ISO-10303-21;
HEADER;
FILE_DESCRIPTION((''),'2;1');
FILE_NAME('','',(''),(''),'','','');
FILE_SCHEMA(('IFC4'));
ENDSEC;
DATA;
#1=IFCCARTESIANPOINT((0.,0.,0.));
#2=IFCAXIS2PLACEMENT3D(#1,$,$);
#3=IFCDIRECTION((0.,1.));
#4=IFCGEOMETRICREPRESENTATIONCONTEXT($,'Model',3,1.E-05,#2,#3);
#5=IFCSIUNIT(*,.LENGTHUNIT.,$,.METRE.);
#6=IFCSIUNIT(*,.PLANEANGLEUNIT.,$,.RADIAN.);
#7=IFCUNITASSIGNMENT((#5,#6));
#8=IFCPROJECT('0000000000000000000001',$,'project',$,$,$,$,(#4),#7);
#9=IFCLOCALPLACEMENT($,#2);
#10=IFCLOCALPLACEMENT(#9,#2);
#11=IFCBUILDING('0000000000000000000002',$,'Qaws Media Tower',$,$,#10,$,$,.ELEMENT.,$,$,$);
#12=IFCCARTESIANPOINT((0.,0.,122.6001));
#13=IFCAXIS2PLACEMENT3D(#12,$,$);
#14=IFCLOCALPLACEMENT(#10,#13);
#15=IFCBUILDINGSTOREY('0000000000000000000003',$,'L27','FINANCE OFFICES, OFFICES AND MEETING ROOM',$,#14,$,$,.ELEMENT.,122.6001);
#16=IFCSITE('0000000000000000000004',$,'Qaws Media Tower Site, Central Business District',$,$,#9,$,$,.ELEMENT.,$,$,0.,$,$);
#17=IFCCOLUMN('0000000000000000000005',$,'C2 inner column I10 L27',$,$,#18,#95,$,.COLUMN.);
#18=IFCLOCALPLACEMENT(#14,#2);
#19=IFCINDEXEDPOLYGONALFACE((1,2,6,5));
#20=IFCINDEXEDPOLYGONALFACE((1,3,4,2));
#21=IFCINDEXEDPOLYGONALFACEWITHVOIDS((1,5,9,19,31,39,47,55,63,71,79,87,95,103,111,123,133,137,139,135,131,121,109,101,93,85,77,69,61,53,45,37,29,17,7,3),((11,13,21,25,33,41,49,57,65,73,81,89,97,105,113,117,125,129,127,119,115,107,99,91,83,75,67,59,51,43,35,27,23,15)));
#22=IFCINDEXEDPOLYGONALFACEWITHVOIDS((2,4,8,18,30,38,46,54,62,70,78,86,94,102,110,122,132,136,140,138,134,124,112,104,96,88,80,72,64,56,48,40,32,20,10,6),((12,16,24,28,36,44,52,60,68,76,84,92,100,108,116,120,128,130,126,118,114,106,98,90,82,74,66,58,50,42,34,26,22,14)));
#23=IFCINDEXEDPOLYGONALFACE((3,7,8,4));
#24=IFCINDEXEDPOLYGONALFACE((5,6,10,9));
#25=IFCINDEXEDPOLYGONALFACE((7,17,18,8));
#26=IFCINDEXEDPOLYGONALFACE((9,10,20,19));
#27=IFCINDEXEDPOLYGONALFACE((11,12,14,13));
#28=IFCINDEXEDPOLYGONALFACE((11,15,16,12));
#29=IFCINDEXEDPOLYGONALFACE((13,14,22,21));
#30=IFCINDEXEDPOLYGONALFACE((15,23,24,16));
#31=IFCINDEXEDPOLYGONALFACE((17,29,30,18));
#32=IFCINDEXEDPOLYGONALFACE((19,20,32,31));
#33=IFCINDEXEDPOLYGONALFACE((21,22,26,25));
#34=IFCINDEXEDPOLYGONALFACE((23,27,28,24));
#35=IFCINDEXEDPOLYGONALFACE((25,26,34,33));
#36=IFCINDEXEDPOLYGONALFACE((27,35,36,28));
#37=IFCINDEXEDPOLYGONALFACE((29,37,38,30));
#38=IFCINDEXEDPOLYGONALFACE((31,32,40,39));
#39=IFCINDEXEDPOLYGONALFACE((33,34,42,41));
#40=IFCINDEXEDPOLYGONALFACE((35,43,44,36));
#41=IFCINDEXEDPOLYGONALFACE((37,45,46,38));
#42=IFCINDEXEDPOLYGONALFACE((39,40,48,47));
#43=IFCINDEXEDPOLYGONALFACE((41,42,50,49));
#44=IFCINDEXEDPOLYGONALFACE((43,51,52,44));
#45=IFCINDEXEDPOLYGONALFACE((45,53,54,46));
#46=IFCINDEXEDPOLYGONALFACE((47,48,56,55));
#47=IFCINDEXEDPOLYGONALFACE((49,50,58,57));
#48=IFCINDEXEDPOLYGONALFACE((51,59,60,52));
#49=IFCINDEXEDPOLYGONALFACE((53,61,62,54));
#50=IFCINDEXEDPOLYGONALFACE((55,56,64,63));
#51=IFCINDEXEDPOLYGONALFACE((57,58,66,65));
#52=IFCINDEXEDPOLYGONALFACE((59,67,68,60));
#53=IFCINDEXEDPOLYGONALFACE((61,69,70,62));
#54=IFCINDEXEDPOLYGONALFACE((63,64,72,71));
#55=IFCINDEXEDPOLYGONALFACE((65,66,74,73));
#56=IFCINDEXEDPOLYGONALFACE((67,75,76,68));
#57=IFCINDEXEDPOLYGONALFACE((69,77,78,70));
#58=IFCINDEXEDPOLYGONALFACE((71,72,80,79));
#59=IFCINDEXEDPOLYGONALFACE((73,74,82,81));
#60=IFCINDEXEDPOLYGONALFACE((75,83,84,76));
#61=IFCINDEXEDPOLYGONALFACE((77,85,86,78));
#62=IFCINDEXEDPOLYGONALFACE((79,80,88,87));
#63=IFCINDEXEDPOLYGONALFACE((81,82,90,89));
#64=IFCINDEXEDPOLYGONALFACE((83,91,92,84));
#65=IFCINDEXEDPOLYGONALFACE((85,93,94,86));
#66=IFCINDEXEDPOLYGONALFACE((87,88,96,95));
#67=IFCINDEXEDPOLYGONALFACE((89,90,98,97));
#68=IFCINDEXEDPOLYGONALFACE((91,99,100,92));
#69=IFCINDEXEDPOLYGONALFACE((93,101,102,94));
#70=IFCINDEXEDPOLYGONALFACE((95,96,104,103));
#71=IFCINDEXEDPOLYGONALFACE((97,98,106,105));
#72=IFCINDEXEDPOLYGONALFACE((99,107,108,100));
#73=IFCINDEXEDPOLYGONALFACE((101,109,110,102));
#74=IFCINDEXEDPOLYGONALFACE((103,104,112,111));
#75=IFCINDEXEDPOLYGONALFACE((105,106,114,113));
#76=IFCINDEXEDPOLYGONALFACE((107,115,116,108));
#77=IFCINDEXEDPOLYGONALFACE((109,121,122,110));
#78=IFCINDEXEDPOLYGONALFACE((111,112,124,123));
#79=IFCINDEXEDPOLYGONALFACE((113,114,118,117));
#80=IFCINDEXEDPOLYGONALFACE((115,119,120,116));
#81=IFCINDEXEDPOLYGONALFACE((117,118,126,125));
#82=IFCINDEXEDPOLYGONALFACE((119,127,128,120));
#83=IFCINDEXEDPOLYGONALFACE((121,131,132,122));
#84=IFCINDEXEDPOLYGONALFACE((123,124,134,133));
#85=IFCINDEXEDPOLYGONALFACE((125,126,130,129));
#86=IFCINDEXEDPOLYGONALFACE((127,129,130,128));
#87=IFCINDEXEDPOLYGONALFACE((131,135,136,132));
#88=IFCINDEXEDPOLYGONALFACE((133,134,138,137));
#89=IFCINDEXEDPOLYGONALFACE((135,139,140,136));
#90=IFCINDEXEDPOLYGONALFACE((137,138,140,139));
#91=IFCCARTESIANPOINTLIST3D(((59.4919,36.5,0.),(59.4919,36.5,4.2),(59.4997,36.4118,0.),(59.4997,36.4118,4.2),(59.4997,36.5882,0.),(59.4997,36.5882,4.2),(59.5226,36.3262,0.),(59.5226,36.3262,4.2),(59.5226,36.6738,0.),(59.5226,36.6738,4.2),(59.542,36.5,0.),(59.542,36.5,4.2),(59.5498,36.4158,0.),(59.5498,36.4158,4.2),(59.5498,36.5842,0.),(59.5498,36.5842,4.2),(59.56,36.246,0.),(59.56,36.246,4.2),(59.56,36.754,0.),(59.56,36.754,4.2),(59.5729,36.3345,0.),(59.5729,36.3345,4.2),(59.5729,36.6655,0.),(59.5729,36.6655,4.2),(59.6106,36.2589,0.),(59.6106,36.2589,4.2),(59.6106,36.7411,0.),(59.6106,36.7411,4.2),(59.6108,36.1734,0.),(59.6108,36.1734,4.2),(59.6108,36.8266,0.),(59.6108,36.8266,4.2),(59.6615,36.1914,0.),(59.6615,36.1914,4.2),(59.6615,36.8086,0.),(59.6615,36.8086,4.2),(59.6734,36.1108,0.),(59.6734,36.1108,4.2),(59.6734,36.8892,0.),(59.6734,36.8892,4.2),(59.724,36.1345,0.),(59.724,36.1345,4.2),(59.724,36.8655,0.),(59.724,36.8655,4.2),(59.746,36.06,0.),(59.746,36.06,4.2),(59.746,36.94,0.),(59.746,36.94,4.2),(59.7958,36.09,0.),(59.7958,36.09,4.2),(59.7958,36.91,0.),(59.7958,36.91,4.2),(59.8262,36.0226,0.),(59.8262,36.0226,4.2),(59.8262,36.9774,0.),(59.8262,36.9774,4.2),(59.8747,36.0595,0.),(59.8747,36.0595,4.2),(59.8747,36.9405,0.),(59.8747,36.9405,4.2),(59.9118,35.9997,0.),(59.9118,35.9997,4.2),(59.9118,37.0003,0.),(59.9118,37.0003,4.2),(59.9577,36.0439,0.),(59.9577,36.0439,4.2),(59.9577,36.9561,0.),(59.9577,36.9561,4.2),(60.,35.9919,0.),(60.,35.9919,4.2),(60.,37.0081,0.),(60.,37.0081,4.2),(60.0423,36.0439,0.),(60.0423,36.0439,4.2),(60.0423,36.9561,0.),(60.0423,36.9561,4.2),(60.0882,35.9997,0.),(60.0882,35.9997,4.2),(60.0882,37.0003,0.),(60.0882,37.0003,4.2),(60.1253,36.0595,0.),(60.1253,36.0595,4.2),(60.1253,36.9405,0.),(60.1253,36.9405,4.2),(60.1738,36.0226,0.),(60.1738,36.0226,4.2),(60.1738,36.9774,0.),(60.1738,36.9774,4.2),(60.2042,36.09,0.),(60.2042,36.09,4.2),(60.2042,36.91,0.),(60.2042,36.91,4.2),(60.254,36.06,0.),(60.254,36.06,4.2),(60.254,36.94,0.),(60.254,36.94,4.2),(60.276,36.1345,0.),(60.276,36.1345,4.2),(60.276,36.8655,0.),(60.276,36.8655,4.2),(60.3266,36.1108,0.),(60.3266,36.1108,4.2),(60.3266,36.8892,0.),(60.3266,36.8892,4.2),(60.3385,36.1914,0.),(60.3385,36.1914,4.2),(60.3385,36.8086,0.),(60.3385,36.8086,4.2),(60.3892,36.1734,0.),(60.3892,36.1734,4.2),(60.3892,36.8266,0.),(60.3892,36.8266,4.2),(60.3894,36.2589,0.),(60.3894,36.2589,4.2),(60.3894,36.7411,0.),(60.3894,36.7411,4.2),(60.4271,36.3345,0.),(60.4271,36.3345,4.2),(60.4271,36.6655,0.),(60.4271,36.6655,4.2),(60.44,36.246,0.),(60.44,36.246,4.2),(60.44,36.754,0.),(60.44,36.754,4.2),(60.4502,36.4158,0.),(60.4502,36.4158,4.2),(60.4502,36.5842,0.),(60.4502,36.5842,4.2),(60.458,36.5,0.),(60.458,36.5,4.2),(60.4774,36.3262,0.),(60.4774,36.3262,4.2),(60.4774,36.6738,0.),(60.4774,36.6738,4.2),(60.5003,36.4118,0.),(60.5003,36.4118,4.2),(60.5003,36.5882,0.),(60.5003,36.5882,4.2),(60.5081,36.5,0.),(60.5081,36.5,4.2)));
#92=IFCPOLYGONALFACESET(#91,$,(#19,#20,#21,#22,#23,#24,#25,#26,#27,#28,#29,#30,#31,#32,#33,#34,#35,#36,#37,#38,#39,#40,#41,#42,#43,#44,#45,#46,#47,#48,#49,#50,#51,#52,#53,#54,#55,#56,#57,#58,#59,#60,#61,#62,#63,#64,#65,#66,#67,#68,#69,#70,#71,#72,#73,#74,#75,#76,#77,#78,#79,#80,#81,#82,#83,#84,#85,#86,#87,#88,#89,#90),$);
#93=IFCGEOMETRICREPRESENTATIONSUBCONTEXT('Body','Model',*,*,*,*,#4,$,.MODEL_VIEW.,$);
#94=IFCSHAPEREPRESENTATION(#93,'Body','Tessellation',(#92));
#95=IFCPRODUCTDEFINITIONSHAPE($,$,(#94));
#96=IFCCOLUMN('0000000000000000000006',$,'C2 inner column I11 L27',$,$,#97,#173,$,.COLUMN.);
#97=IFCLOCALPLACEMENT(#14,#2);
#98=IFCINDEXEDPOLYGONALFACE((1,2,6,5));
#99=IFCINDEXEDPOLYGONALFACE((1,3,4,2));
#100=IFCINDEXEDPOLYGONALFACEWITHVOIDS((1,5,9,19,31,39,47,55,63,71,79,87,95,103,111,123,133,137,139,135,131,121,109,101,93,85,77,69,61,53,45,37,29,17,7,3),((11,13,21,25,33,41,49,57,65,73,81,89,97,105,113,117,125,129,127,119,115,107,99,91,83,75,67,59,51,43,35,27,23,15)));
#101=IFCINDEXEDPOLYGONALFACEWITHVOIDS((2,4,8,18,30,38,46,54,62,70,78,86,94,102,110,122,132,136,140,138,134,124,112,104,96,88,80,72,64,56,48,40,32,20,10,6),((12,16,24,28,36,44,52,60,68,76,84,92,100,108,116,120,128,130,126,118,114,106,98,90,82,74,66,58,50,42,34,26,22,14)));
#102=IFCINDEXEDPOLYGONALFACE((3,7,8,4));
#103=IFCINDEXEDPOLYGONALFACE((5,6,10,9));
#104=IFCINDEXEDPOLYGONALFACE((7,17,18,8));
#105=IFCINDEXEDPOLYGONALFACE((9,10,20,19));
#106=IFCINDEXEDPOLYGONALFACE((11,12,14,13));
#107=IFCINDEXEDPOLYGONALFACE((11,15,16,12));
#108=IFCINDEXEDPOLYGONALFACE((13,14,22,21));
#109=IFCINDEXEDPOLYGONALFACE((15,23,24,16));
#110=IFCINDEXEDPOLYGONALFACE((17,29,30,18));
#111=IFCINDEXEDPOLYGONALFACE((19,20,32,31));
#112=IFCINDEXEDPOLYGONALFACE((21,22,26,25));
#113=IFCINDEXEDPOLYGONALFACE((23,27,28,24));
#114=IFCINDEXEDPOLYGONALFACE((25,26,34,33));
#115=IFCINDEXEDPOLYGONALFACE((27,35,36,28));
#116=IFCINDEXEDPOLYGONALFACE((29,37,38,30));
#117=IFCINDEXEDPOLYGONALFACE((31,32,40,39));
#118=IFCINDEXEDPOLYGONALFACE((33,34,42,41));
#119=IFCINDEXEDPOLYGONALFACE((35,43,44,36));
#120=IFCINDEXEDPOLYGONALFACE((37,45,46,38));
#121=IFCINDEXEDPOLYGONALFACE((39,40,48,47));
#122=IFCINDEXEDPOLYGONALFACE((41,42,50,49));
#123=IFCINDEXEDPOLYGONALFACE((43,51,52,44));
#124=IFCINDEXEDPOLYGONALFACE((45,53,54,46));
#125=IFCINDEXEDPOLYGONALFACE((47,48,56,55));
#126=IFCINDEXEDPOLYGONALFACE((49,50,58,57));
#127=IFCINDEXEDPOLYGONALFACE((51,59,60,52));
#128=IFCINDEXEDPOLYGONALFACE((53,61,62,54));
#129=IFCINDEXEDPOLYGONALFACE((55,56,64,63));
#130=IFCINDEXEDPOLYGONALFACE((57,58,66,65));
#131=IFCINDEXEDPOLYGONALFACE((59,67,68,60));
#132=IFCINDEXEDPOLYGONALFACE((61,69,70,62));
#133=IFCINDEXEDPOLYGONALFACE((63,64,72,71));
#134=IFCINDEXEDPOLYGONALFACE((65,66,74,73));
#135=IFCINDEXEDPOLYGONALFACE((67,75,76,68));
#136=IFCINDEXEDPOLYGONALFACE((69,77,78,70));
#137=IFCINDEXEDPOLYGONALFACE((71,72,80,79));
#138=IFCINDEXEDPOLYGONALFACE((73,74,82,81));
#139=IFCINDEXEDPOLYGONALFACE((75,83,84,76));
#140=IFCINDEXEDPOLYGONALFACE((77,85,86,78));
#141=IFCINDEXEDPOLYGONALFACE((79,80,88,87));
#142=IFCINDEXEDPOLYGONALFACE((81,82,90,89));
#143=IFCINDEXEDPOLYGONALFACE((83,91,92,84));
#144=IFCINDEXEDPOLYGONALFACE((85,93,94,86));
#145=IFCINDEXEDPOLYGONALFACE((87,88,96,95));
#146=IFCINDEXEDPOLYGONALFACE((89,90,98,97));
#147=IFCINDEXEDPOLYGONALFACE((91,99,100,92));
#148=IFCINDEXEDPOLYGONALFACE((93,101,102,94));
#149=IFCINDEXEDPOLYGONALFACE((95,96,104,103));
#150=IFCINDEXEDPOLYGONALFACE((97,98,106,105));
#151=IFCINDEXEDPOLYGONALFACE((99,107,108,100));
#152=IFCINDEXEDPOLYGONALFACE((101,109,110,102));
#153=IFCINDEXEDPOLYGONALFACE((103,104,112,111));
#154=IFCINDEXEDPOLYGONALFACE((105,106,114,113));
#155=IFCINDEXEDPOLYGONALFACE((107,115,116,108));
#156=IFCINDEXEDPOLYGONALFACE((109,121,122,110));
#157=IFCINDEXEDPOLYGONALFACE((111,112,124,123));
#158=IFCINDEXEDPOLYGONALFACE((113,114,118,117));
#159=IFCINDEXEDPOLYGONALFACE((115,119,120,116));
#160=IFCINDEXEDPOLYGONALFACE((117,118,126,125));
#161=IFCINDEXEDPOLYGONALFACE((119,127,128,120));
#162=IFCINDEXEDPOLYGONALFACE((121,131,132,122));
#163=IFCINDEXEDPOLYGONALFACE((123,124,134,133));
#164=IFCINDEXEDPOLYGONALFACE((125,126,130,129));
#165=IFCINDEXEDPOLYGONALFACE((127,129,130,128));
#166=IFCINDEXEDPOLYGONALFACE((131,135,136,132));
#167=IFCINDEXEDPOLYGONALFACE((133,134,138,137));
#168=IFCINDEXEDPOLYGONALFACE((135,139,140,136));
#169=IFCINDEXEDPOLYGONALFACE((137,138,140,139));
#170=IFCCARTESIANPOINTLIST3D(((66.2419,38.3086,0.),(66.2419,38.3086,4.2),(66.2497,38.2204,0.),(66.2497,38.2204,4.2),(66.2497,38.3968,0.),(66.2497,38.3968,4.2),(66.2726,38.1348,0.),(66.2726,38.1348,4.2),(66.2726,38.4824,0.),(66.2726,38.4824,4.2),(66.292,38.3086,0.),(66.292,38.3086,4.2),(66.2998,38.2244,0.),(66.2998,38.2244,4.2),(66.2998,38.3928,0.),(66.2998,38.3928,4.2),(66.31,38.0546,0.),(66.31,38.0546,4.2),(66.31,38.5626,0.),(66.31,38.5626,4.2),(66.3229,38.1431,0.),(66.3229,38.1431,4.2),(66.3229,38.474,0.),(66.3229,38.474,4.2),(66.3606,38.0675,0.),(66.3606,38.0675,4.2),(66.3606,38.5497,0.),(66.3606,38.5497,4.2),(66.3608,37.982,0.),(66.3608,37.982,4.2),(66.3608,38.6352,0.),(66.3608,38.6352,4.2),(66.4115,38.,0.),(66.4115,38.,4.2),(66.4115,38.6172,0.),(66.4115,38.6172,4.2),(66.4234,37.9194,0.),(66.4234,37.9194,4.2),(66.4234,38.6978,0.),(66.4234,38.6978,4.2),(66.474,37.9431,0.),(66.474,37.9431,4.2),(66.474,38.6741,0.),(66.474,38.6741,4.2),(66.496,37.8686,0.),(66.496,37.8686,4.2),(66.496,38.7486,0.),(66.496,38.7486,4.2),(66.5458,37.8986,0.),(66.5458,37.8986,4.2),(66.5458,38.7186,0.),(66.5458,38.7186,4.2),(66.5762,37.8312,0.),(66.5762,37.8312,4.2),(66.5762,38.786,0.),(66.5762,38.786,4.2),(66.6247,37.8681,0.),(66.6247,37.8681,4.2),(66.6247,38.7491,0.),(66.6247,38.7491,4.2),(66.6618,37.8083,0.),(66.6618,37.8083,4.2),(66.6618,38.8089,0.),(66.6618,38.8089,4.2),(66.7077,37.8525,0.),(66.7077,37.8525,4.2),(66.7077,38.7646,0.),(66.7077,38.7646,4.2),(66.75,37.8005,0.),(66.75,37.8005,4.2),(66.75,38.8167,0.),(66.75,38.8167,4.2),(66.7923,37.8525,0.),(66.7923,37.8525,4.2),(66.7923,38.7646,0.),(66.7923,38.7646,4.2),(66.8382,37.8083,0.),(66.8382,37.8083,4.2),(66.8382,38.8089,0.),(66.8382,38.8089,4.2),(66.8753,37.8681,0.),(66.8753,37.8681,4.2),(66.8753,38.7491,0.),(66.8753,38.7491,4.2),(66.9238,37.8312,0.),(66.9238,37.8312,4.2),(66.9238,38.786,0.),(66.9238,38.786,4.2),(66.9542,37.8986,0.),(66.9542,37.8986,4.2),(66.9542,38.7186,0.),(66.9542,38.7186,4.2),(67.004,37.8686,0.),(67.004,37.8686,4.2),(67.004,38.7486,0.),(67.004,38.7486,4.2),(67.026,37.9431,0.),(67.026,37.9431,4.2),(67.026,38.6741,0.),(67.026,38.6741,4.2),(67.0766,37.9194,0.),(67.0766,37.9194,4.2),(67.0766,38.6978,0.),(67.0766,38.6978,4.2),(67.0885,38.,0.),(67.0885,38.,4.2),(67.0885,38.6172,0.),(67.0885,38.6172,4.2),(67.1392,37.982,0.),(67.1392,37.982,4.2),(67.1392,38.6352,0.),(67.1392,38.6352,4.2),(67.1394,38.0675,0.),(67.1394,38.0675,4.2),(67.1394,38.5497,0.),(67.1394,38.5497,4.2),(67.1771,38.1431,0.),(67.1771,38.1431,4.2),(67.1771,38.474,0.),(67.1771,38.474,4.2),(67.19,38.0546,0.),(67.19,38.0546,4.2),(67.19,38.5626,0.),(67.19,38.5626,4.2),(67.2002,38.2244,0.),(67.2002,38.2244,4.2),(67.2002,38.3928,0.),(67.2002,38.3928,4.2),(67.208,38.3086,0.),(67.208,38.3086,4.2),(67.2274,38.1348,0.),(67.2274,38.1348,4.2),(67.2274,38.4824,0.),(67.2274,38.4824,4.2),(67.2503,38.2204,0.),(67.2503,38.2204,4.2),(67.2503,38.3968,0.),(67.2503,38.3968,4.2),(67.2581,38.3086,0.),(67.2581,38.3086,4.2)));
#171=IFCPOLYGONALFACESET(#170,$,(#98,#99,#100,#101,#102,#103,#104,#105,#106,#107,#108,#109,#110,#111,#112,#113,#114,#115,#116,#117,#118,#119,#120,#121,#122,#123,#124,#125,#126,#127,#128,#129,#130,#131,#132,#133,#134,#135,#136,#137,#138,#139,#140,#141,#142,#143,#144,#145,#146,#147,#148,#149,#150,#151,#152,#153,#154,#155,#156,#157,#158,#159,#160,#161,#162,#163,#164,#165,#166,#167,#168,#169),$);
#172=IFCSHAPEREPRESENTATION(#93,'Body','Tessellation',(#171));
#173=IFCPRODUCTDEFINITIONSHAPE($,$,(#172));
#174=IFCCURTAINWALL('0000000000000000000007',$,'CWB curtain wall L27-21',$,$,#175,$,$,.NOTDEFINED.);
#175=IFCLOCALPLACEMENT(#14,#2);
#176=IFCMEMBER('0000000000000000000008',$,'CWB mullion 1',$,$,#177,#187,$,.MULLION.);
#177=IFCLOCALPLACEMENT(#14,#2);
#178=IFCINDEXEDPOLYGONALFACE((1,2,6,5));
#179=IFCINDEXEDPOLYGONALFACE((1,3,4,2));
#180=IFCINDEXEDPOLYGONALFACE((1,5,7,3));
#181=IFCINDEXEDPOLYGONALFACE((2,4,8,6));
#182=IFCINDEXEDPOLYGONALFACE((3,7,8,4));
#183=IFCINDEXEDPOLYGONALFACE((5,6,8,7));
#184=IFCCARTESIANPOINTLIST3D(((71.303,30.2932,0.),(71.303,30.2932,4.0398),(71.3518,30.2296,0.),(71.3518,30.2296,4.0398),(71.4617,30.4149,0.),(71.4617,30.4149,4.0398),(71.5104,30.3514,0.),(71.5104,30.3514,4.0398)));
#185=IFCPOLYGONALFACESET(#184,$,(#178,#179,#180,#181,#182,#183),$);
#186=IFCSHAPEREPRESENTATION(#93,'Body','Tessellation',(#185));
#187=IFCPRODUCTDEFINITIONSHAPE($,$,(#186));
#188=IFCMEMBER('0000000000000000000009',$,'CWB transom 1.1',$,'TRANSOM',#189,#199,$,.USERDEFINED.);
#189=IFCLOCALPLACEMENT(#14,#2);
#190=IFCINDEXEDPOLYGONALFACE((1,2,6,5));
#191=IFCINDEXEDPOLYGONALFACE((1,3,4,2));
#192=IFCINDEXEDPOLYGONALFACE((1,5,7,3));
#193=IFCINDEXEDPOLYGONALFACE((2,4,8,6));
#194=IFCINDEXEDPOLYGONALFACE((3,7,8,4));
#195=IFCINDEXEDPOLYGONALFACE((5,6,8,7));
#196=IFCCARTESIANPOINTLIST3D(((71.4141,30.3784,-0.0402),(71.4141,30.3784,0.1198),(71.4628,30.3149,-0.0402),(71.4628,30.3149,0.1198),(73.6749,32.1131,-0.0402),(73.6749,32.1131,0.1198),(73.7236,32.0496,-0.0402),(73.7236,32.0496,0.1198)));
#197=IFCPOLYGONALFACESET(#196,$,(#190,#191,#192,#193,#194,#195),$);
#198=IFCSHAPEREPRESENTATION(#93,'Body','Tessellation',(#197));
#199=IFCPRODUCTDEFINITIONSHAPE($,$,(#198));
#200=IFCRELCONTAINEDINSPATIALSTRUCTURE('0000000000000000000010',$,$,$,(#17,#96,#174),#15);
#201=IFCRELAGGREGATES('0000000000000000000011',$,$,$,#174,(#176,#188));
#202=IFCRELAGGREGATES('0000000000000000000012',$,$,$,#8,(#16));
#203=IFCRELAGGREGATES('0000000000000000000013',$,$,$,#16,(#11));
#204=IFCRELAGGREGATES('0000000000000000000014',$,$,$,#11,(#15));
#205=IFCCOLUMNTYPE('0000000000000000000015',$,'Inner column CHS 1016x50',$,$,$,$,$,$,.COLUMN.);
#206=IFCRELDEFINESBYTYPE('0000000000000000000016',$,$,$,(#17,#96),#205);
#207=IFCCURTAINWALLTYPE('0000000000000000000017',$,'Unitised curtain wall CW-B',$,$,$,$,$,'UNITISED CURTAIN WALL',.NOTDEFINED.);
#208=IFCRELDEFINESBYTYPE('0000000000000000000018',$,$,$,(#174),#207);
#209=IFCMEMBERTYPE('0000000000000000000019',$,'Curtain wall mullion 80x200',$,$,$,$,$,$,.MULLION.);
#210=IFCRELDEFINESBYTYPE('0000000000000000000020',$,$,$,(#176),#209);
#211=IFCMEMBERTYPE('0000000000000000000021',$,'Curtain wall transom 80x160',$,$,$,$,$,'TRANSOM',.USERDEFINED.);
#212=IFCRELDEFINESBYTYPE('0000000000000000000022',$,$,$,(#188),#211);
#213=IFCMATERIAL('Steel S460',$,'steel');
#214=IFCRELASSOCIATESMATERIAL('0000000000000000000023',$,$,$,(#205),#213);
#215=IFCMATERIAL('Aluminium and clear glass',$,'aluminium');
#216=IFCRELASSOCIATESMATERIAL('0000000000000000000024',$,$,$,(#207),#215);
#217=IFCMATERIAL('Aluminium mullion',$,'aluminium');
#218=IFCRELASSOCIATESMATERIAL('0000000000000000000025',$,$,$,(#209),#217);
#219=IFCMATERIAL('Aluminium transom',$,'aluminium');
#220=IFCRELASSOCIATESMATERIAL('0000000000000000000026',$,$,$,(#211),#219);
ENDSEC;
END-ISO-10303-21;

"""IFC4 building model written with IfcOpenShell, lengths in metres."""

from ifc_helpers import new_model, si_unit, direction, frame, origin, origin_2d, place, context, subcontext, project, spatial, rectangle, hollow_circle, extrude, material, material_profile, profile_set, type_object, element, aggregate, save


model = new_model("IFC4")

# Units and contexts
model_context = context("Model", 3, precision=1e-05, world=origin(), true_north=direction((0.0, 1.0)))
body_context = subcontext(model_context, "Body", "Model", "MODEL_VIEW")
ifc_project = project(units=[si_unit("LENGTHUNIT", "METRE"), si_unit("PLANEANGLEUNIT", "RADIAN")], contexts=[model_context])

# Site, building, storey
site_placement = place(None, origin())
site = spatial("IfcSite", under=ifc_project, at=site_placement, Name="Qaws Media Tower Site, Central Business District", CompositionType="ELEMENT", RefElevation=0.0)
building_placement = place(site_placement, origin())
building = spatial("IfcBuilding", under=site, at=building_placement, Name="Qaws Media Tower", CompositionType="ELEMENT")
storey_placement = place(building_placement, frame((0.0, 0.0, 122.6001)))
storey = spatial("IfcBuildingStorey", under=building, at=storey_placement, Name="L27", Description="FINANCE OFFICES, OFFICES AND MEETING ROOM", CompositionType="ELEMENT", Elevation=122.6001)

# Columns
ifc_material_1 = material(Name="Steel S460", Category="steel")
ifc_material_profile_1 = material_profile(ifc_material_1, hollow_circle(Radius=0.5081, WallThickness=0.05, at=origin_2d()), Name="CHS 1016x50")
ifc_profile_set_1 = profile_set([ifc_material_profile_1], Name="Steel S460")
column_type = type_object("IfcColumnType", Name="Inner column CHS 1016x50", PredefinedType="COLUMN", material=ifc_profile_set_1)
for number, where, z_axis, x_axis, name in (
    (1, (60.0, 36.5, 0.0), (0.0, 0.0, 1.0), (1.0, 0.0, 0.0), "C2 inner column I10 L27"),
    (2, (66.75, 38.3086, 0.0), (0.0, 0.0, 1.0), (1.0, 0.0, 0.0), "C2 inner column I11 L27"),
):
    element("IfcColumn", number, at=place(storey_placement, frame(where, z_axis=z_axis, x_axis=x_axis)), inside=storey, type_object=column_type, Name=name, PredefinedType="COLUMN", context=body_context, shape_type="SweptSolid", body=[
        extrude(hollow_circle(Radius=0.5081, WallThickness=0.05, at=origin_2d()), origin(), (0.0, 0.0, 1.0), 4.2),
    ])

# Curtain wall, members
ifc_material_2 = material(Name="Aluminium and clear glass", Category="aluminium")
curtain_wall_type = type_object("IfcCurtainWallType", Name="Unitised curtain wall CW-B", ElementType="UNITISED CURTAIN WALL", PredefinedType="NOTDEFINED", material=ifc_material_2)
curtain_wall_placement = place(storey_placement, origin())
curtain_wall = element("IfcCurtainWall", 3, at=curtain_wall_placement, inside=storey, type_object=curtain_wall_type, Name="CWB curtain wall L27-21", PredefinedType="NOTDEFINED")
ifc_material_3 = material(Name="Aluminium mullion", Category="aluminium")
ifc_material_profile_2 = material_profile(ifc_material_3, rectangle(XDim=0.0801, YDim=0.2, at=origin_2d()), Name="80x200")
ifc_profile_set_2 = profile_set([ifc_material_profile_2], Name="Aluminium mullion")
member_type_1 = type_object("IfcMemberType", Name="Curtain wall mullion 80x200", PredefinedType="MULLION", material=ifc_profile_set_2)
member_1_placement = place(storey_placement, frame((71.4067, 30.3223, 0.0), z_axis=(0.0, 0.0, 1.0), x_axis=(-0.608761, 0.793353, 0.0)))
member_1 = element("IfcMember", 4, at=member_1_placement, type_object=member_type_1, Name="CWB mullion 1", PredefinedType="MULLION", context=body_context, shape_type="SweptSolid", body=[
    extrude(rectangle(XDim=0.0801, YDim=0.2, at=origin_2d()), origin(), (0.0, 0.0, 1.0), 4.0398),
])
ifc_material_4 = material(Name="Aluminium transom", Category="aluminium")
ifc_material_profile_3 = material_profile(ifc_material_4, rectangle(XDim=0.0801, YDim=0.1599, at=origin_2d()), Name="80x160")
ifc_profile_set_3 = profile_set([ifc_material_profile_3], Name="Aluminium transom")
member_type_2 = type_object("IfcMemberType", Name="Curtain wall transom 80x160", ElementType="TRANSOM", PredefinedType="USERDEFINED", material=ifc_profile_set_3)
member_2_placement = place(storey_placement, frame((71.4385, 30.3467, 0.0398), z_axis=(0.793372, 0.608737, 0.0), x_axis=(-0.608737, 0.793372, 0.0)))
member_2 = element("IfcMember", 5, at=member_2_placement, type_object=member_type_2, Name="CWB transom 1.1", ObjectType="TRANSOM", PredefinedType="USERDEFINED", context=body_context, shape_type="SweptSolid", body=[
    extrude(rectangle(XDim=0.0801, YDim=0.1599, at=origin_2d()), origin(), (0.0, 0.0, 1.0), 2.8496),
])
aggregate(curtain_wall, [member_1, member_2])

save(model, "model.ifc")
